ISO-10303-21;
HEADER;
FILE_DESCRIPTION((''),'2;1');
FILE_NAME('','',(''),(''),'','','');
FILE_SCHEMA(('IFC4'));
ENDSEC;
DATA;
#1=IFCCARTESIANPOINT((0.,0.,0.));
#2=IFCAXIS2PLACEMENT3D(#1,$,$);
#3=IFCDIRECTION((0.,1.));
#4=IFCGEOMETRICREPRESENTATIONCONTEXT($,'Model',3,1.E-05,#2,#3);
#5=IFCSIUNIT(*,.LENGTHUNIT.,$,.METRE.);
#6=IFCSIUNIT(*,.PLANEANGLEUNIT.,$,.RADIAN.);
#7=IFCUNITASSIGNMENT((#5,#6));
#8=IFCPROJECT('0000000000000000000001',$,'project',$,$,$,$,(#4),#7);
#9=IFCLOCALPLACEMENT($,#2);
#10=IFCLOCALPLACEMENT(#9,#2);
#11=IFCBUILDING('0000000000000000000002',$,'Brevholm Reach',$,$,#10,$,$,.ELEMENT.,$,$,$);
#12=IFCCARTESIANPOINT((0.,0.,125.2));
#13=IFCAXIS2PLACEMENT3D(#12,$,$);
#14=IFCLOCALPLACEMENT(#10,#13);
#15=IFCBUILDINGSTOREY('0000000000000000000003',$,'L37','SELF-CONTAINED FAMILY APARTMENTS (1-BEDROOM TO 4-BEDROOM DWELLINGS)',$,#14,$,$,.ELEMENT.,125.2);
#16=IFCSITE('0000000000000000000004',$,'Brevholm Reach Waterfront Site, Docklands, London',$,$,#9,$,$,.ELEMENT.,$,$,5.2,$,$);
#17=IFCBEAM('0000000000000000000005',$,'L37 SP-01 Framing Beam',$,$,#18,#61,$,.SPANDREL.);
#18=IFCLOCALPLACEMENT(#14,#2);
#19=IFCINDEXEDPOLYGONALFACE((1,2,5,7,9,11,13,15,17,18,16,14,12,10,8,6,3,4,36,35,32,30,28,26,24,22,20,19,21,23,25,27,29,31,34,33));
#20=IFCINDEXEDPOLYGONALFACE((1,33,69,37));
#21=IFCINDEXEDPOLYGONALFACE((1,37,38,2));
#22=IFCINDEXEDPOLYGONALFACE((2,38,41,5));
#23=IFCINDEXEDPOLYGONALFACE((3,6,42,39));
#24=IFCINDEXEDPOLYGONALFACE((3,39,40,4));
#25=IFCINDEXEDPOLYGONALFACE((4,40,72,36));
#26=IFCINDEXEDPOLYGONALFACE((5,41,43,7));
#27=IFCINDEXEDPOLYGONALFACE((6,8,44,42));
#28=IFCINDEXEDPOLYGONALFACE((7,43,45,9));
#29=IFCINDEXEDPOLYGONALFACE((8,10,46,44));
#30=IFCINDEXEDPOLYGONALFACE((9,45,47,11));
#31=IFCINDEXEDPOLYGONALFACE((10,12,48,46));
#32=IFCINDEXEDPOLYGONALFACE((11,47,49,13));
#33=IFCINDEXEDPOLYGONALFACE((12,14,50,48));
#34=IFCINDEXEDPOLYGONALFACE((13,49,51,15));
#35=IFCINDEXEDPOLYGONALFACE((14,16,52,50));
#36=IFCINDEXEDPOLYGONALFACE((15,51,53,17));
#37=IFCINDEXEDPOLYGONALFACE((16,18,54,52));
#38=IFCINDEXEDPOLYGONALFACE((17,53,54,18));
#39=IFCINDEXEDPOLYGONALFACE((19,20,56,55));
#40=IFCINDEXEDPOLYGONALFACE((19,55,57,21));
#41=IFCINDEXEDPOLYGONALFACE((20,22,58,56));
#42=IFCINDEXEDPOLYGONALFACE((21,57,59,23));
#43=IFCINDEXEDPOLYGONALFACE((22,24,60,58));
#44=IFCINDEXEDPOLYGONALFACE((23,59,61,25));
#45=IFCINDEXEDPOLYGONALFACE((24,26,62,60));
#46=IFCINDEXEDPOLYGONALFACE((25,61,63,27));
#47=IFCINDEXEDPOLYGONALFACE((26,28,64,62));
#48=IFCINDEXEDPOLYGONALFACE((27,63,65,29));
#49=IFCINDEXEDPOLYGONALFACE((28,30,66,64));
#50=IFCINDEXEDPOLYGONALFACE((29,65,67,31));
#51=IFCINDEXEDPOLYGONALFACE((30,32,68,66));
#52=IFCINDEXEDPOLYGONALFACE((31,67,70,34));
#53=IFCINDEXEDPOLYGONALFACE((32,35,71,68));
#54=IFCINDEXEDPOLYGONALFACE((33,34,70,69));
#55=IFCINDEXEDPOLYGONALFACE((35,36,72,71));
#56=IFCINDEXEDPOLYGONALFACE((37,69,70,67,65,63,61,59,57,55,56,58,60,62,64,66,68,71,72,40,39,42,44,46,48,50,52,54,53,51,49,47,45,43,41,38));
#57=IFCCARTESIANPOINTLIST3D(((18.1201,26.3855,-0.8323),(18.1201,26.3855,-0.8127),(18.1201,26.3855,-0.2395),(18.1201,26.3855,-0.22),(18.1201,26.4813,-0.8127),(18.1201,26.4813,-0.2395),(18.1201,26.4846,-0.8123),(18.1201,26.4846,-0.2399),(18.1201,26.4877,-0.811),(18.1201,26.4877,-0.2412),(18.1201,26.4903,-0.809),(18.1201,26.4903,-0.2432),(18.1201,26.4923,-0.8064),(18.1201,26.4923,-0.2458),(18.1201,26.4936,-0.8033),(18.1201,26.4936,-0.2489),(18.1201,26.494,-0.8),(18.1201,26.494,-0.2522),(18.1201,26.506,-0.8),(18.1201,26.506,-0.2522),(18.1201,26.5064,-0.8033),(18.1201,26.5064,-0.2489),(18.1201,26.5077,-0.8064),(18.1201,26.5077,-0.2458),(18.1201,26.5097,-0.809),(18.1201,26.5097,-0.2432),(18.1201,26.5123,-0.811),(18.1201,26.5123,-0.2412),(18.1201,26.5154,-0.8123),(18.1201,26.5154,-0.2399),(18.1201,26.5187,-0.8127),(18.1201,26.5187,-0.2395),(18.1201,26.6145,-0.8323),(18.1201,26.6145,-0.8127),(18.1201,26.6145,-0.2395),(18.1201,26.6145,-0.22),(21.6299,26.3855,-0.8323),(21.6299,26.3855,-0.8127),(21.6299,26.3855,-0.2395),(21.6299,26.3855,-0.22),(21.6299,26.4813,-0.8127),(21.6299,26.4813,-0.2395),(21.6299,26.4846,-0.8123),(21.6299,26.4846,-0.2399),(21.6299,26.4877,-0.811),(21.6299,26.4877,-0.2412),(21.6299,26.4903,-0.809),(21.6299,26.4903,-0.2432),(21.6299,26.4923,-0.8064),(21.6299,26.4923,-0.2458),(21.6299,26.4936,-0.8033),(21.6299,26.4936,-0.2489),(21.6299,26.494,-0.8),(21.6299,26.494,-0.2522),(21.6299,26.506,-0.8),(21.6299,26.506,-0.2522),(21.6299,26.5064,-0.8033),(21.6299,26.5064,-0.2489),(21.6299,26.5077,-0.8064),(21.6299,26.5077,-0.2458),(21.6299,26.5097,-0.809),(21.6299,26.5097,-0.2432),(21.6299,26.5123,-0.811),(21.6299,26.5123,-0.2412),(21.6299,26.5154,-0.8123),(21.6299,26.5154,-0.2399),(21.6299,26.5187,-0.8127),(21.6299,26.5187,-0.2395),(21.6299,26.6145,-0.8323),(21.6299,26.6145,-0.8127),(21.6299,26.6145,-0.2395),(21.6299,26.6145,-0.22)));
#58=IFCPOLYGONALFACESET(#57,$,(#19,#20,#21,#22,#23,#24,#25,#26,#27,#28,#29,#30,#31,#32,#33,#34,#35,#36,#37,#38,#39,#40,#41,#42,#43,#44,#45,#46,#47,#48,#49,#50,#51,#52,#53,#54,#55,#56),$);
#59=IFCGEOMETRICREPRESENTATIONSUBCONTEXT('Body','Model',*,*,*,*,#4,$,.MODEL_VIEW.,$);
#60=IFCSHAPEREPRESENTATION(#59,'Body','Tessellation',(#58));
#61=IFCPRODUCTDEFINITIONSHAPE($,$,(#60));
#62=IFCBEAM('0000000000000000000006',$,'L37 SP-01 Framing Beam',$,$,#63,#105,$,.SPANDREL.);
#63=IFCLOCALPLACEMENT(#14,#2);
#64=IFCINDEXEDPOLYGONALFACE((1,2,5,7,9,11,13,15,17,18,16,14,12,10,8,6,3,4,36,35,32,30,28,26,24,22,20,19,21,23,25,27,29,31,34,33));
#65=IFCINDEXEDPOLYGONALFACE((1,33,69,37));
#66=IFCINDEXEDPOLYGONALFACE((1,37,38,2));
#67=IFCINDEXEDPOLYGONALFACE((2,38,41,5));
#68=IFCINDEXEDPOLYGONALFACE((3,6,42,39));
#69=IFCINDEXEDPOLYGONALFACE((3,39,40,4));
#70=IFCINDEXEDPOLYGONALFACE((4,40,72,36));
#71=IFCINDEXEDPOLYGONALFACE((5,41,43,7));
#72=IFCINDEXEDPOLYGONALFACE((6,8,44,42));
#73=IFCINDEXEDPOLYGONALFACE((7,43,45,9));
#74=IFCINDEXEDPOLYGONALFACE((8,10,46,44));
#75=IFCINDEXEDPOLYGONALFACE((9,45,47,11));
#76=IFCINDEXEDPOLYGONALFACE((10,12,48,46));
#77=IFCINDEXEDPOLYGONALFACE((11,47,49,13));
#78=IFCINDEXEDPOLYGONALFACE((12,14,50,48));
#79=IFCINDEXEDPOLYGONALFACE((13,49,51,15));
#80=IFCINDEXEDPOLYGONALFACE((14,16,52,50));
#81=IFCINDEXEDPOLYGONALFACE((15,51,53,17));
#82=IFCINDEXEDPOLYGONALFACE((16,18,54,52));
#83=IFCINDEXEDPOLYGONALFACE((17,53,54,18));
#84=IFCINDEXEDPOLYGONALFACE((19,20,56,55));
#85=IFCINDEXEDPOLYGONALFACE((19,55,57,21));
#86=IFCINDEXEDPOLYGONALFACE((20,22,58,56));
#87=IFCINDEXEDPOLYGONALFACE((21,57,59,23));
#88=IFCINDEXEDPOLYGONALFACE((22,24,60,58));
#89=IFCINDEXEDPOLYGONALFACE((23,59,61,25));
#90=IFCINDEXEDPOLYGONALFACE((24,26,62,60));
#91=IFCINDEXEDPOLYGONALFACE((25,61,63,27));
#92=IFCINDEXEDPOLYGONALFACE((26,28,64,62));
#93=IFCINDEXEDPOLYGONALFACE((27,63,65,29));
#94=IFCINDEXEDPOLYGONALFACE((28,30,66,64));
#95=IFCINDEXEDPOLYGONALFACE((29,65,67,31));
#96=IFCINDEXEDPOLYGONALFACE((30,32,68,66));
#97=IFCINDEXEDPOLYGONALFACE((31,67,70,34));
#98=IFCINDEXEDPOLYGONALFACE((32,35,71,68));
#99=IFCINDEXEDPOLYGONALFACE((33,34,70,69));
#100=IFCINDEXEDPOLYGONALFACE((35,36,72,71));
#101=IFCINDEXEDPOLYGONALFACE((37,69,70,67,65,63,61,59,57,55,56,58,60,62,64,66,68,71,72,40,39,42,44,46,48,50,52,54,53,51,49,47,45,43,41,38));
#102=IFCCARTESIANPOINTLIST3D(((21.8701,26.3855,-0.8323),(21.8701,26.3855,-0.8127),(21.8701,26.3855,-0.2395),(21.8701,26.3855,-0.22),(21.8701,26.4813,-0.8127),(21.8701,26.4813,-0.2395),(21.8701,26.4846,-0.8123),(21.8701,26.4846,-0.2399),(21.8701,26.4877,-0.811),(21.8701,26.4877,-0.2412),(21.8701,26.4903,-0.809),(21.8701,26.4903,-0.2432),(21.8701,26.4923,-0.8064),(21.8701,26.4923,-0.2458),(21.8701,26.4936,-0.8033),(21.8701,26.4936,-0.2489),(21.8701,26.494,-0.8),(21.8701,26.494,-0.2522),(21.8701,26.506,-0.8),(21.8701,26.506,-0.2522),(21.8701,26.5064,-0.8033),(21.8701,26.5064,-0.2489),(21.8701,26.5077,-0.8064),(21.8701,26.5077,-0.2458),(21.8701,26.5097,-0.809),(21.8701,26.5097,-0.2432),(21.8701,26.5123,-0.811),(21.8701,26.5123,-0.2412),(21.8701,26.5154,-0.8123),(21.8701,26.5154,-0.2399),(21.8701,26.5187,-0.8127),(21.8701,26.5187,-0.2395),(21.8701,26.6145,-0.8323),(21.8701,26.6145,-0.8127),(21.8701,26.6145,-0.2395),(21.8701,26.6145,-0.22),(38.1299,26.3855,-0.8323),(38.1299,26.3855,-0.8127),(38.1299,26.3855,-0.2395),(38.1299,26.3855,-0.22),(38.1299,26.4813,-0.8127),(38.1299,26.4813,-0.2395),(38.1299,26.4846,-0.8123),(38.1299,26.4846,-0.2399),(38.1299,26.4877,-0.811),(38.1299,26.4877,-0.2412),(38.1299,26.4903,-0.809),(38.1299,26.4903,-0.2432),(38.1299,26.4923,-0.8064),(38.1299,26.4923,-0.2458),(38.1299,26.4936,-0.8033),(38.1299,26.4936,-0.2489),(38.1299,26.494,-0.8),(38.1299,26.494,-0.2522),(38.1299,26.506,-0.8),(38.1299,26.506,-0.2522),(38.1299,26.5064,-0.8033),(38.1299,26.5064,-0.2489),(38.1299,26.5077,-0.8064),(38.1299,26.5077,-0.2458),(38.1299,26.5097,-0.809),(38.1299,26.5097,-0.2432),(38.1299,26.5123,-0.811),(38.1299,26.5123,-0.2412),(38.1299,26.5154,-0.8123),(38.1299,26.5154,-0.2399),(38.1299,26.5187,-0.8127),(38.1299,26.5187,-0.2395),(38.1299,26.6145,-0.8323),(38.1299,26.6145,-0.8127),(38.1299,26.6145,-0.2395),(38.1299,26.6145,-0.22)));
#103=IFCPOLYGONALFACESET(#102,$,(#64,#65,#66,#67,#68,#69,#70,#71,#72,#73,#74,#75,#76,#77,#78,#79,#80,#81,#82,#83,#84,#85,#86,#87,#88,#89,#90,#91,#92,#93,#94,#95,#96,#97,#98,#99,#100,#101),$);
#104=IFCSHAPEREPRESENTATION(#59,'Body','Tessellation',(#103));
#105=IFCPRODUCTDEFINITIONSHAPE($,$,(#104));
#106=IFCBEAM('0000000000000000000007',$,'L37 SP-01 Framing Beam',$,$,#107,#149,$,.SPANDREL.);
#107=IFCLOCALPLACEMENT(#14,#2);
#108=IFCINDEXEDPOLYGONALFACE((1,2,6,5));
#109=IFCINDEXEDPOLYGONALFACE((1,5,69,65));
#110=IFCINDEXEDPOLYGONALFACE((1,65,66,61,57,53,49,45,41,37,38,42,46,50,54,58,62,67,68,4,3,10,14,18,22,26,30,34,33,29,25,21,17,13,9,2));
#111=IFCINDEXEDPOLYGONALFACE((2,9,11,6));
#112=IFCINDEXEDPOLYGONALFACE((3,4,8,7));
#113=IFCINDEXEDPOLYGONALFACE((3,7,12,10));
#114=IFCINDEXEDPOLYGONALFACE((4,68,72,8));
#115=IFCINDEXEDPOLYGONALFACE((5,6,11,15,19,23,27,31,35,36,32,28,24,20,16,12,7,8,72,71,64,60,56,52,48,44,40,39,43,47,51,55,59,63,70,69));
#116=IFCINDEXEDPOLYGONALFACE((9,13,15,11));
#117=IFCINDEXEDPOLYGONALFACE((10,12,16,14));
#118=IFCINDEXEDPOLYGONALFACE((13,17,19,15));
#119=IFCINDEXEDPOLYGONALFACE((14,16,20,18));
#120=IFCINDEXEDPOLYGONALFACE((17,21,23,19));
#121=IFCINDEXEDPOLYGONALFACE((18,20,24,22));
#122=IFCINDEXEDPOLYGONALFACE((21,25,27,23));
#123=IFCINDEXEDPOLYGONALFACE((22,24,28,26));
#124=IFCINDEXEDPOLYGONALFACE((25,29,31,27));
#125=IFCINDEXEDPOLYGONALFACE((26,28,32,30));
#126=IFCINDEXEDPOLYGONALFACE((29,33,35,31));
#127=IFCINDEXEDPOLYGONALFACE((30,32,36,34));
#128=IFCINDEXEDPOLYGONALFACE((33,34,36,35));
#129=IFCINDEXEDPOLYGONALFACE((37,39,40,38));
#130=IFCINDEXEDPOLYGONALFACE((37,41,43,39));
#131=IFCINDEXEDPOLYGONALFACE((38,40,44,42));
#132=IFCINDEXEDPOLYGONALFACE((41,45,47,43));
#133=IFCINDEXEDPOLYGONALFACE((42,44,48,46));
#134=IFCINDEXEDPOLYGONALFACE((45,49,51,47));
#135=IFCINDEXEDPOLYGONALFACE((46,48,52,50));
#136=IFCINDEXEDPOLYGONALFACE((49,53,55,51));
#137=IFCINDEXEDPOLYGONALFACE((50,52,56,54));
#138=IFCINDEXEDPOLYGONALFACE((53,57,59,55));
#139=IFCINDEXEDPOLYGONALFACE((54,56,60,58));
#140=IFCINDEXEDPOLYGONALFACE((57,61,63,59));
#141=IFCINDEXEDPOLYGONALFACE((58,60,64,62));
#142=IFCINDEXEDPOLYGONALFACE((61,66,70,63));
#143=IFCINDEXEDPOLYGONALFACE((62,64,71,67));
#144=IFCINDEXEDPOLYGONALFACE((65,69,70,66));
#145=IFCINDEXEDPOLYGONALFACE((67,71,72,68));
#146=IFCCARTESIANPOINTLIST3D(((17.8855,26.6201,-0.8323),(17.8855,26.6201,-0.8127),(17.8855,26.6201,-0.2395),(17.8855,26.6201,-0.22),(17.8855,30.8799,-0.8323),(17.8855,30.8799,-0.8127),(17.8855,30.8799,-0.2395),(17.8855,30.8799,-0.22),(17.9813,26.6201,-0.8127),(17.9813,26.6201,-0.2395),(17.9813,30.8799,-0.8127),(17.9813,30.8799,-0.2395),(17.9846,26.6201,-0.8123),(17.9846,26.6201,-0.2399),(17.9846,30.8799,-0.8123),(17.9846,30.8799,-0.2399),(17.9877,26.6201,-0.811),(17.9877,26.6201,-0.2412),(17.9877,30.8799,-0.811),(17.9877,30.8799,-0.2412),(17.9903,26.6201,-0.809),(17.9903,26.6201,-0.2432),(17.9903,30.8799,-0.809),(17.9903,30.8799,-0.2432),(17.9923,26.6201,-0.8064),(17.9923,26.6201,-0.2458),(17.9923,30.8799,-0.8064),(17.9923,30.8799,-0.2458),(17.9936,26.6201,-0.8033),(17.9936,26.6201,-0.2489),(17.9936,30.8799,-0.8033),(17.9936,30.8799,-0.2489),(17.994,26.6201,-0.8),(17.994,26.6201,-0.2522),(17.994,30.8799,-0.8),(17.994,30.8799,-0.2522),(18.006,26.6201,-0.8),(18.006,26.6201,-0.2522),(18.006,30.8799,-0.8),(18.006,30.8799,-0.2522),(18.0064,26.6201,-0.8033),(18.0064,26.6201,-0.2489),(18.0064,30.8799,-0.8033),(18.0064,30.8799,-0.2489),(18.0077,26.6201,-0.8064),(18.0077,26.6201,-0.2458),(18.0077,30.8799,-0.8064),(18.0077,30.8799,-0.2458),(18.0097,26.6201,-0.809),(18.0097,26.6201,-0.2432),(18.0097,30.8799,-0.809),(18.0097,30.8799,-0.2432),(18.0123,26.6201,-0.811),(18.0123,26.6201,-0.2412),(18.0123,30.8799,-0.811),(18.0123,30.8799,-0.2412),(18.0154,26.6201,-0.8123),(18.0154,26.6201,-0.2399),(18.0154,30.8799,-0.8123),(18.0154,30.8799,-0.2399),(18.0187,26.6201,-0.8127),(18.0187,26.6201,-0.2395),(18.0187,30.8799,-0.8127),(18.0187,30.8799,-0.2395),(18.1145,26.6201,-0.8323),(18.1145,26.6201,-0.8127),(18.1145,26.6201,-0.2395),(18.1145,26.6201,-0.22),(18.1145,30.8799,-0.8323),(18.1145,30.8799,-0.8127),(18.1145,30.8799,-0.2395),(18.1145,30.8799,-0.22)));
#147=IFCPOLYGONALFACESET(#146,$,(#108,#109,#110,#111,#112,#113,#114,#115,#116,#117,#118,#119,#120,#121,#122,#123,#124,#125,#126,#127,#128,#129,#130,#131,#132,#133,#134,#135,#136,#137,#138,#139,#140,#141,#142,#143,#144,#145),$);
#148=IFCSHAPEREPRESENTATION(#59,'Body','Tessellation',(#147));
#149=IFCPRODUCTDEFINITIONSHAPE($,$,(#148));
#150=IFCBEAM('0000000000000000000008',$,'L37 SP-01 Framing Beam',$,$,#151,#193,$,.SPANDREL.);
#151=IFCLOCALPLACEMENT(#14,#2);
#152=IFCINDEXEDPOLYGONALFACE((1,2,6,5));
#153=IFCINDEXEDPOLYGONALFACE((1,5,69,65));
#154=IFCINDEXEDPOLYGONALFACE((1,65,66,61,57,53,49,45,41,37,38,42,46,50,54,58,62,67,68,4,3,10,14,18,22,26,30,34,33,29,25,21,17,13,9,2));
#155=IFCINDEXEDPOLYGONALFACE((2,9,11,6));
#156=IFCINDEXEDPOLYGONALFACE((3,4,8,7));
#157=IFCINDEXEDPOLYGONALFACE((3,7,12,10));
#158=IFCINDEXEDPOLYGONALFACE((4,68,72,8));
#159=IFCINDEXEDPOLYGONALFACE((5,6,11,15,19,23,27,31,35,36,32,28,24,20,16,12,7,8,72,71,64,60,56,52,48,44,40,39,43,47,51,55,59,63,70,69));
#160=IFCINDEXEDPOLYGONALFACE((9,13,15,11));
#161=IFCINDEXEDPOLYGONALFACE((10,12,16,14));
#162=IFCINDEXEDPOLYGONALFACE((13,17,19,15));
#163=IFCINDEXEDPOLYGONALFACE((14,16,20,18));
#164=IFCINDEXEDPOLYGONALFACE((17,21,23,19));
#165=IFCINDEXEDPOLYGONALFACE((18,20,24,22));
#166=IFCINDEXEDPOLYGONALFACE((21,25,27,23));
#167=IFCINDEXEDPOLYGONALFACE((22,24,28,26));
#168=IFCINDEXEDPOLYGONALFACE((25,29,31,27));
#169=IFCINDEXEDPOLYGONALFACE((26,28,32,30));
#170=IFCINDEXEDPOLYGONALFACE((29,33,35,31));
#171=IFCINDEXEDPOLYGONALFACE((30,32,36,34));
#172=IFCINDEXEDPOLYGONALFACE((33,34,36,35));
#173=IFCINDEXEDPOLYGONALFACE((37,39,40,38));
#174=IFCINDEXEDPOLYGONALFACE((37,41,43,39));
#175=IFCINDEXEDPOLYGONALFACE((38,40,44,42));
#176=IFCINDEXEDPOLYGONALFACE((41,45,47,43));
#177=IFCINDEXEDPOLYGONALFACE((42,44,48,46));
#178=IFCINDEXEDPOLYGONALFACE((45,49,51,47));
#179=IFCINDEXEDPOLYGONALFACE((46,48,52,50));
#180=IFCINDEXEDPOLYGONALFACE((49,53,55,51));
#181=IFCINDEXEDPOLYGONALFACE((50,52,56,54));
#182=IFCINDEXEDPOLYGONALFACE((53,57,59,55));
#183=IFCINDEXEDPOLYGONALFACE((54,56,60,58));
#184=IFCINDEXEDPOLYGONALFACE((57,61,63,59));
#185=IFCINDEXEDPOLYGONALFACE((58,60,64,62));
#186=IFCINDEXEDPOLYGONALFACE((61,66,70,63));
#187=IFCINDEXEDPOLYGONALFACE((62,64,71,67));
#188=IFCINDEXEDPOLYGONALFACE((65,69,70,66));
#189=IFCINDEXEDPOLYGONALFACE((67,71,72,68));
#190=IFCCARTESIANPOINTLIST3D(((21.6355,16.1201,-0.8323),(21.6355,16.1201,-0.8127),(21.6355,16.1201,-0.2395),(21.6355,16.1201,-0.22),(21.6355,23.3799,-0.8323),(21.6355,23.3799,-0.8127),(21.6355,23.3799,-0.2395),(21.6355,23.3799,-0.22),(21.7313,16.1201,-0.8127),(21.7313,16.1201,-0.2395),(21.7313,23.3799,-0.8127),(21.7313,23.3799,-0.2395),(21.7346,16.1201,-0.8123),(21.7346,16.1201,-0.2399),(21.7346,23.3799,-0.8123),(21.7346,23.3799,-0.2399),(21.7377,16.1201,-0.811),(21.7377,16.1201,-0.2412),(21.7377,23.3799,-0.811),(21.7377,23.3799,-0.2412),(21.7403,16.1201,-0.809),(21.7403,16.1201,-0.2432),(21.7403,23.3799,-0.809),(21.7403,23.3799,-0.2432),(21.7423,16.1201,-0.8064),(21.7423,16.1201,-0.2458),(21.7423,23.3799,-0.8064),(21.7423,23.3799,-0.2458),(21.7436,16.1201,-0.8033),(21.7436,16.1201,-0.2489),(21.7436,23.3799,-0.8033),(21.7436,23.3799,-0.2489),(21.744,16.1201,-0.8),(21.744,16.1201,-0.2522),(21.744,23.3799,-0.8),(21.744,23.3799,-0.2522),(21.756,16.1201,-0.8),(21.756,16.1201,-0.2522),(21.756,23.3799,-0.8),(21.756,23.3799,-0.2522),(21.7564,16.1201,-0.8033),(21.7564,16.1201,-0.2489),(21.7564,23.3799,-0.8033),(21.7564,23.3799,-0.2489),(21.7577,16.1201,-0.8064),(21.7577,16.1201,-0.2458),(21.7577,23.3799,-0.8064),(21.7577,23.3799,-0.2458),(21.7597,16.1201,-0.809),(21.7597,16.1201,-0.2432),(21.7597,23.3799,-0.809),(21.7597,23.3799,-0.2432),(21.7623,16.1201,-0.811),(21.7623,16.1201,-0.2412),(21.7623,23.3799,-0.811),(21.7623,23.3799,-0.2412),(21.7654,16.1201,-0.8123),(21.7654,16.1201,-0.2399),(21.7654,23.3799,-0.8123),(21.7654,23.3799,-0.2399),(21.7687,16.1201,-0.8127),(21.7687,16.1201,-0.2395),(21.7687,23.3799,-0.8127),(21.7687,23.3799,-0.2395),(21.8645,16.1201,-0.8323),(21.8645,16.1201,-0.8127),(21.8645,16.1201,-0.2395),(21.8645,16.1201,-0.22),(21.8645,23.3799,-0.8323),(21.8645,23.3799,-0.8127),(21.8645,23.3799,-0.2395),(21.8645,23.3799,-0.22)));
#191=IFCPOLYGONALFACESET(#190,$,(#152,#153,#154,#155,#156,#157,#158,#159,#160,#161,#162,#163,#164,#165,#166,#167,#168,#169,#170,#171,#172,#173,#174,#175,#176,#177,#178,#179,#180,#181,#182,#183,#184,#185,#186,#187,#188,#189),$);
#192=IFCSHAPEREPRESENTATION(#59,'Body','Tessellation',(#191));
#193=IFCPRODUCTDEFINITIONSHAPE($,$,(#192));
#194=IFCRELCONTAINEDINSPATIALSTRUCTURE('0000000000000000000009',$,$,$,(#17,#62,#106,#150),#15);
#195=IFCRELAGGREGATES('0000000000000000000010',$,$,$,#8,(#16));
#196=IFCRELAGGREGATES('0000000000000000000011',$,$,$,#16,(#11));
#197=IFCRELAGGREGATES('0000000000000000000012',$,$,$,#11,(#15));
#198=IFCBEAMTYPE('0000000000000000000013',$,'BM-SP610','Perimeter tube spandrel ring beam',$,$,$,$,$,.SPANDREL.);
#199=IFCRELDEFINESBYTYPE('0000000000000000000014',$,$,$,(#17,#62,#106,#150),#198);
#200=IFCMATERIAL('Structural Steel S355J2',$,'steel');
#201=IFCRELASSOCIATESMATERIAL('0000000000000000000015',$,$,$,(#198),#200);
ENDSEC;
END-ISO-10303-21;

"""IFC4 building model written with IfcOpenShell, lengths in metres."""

from ifc_helpers import new_model, si_unit, direction, frame, origin, origin_2d, place, context, subcontext, project, spatial, i_section, extrude, material, material_profile, profile_set, type_object, element, save


model = new_model("IFC4")

# Units and contexts
model_context = context("Model", 3, precision=1e-05, world=origin(), true_north=direction((0.0, 1.0)))
body_context = subcontext(model_context, "Body", "Model", "MODEL_VIEW")
ifc_project = project(units=[si_unit("LENGTHUNIT", "METRE"), si_unit("PLANEANGLEUNIT", "RADIAN")], contexts=[model_context])

# Site, building, storey
site_placement = place(None, origin())
site = spatial("IfcSite", under=ifc_project, at=site_placement, Name="Brevholm Reach Waterfront Site, Docklands, London", CompositionType="ELEMENT", RefElevation=5.2)
building_placement = place(site_placement, origin())
building = spatial("IfcBuilding", under=site, at=building_placement, Name="Brevholm Reach", CompositionType="ELEMENT")
storey_placement = place(building_placement, frame((0.0, 0.0, 125.2)))
storey = spatial("IfcBuildingStorey", under=building, at=storey_placement, Name="L37", Description="SELF-CONTAINED FAMILY APARTMENTS (1-BEDROOM TO 4-BEDROOM DWELLINGS)", CompositionType="ELEMENT", Elevation=125.2)

# Beams
ifc_material_1 = material(Name="Structural Steel S355J2", Category="steel")
ifc_material_profile_1 = material_profile(ifc_material_1, i_section(OverallWidth=0.229, OverallDepth=0.6123, WebThickness=0.012, FlangeThickness=0.0195, FilletRadius=0.0127, at=origin_2d()), Name="UKB 610x229x125")
ifc_profile_set_1 = profile_set([ifc_material_profile_1], Name="Structural Steel S355J2")
beam_type_1 = type_object("IfcBeamType", Name="BM-SP610", Description="Perimeter tube spandrel ring beam", PredefinedType="SPANDREL", material=ifc_profile_set_1)
for number, where, z_axis, x_axis, name in (
    (1, (18.1201, 26.5, -0.5261), (1.0, 0.0, 0.0), (0.0, 1.0, 0.0), "L37 SP-01 Framing Beam"),
):
    element("IfcBeam", number, at=place(storey_placement, frame(where, z_axis=z_axis, x_axis=x_axis)), inside=storey, type_object=beam_type_1, Name=name, PredefinedType="SPANDREL", context=body_context, shape_type="SweptSolid", body=[
        extrude(i_section(OverallWidth=0.229, OverallDepth=0.6123, WebThickness=0.012, FlangeThickness=0.0195, FilletRadius=0.0127, at=origin_2d()), origin(), (0.0, 0.0, 1.0), 3.5098),
    ])
beam_1_placement = place(storey_placement, frame((21.8701, 26.5, -0.5261), z_axis=(1.0, 0.0, 0.0), x_axis=(0.0, 1.0, 0.0)))
element("IfcBeam", 2, at=beam_1_placement, inside=storey, type_object=beam_type_1, Name="L37 SP-01 Framing Beam", PredefinedType="SPANDREL", context=body_context, shape_type="SweptSolid", body=[
    extrude(i_section(OverallWidth=0.229, OverallDepth=0.6123, WebThickness=0.012, FlangeThickness=0.0195, FilletRadius=0.0127, at=origin_2d()), origin(), (0.0, 0.0, 1.0), 16.2598),
])
beam_2_placement = place(storey_placement, frame((18.0, 26.6201, -0.5261), z_axis=(0.0, 1.0, 0.0), x_axis=(-1.0, 0.0, 0.0)))
element("IfcBeam", 3, at=beam_2_placement, inside=storey, type_object=beam_type_1, Name="L37 SP-01 Framing Beam", PredefinedType="SPANDREL", context=body_context, shape_type="SweptSolid", body=[
    extrude(i_section(OverallWidth=0.229, OverallDepth=0.6123, WebThickness=0.012, FlangeThickness=0.0195, FilletRadius=0.0127, at=origin_2d()), origin(), (0.0, 0.0, 1.0), 4.2598),
])
beam_3_placement = place(storey_placement, frame((21.75, 16.1201, -0.5261), z_axis=(0.0, 1.0, 0.0), x_axis=(-1.0, 0.0, 0.0)))
element("IfcBeam", 4, at=beam_3_placement, inside=storey, type_object=beam_type_1, Name="L37 SP-01 Framing Beam", PredefinedType="SPANDREL", context=body_context, shape_type="SweptSolid", body=[
    extrude(i_section(OverallWidth=0.229, OverallDepth=0.6123, WebThickness=0.012, FlangeThickness=0.0195, FilletRadius=0.0127, at=origin_2d()), origin(), (0.0, 0.0, 1.0), 7.2598),
])

save(model, "model.ifc")
